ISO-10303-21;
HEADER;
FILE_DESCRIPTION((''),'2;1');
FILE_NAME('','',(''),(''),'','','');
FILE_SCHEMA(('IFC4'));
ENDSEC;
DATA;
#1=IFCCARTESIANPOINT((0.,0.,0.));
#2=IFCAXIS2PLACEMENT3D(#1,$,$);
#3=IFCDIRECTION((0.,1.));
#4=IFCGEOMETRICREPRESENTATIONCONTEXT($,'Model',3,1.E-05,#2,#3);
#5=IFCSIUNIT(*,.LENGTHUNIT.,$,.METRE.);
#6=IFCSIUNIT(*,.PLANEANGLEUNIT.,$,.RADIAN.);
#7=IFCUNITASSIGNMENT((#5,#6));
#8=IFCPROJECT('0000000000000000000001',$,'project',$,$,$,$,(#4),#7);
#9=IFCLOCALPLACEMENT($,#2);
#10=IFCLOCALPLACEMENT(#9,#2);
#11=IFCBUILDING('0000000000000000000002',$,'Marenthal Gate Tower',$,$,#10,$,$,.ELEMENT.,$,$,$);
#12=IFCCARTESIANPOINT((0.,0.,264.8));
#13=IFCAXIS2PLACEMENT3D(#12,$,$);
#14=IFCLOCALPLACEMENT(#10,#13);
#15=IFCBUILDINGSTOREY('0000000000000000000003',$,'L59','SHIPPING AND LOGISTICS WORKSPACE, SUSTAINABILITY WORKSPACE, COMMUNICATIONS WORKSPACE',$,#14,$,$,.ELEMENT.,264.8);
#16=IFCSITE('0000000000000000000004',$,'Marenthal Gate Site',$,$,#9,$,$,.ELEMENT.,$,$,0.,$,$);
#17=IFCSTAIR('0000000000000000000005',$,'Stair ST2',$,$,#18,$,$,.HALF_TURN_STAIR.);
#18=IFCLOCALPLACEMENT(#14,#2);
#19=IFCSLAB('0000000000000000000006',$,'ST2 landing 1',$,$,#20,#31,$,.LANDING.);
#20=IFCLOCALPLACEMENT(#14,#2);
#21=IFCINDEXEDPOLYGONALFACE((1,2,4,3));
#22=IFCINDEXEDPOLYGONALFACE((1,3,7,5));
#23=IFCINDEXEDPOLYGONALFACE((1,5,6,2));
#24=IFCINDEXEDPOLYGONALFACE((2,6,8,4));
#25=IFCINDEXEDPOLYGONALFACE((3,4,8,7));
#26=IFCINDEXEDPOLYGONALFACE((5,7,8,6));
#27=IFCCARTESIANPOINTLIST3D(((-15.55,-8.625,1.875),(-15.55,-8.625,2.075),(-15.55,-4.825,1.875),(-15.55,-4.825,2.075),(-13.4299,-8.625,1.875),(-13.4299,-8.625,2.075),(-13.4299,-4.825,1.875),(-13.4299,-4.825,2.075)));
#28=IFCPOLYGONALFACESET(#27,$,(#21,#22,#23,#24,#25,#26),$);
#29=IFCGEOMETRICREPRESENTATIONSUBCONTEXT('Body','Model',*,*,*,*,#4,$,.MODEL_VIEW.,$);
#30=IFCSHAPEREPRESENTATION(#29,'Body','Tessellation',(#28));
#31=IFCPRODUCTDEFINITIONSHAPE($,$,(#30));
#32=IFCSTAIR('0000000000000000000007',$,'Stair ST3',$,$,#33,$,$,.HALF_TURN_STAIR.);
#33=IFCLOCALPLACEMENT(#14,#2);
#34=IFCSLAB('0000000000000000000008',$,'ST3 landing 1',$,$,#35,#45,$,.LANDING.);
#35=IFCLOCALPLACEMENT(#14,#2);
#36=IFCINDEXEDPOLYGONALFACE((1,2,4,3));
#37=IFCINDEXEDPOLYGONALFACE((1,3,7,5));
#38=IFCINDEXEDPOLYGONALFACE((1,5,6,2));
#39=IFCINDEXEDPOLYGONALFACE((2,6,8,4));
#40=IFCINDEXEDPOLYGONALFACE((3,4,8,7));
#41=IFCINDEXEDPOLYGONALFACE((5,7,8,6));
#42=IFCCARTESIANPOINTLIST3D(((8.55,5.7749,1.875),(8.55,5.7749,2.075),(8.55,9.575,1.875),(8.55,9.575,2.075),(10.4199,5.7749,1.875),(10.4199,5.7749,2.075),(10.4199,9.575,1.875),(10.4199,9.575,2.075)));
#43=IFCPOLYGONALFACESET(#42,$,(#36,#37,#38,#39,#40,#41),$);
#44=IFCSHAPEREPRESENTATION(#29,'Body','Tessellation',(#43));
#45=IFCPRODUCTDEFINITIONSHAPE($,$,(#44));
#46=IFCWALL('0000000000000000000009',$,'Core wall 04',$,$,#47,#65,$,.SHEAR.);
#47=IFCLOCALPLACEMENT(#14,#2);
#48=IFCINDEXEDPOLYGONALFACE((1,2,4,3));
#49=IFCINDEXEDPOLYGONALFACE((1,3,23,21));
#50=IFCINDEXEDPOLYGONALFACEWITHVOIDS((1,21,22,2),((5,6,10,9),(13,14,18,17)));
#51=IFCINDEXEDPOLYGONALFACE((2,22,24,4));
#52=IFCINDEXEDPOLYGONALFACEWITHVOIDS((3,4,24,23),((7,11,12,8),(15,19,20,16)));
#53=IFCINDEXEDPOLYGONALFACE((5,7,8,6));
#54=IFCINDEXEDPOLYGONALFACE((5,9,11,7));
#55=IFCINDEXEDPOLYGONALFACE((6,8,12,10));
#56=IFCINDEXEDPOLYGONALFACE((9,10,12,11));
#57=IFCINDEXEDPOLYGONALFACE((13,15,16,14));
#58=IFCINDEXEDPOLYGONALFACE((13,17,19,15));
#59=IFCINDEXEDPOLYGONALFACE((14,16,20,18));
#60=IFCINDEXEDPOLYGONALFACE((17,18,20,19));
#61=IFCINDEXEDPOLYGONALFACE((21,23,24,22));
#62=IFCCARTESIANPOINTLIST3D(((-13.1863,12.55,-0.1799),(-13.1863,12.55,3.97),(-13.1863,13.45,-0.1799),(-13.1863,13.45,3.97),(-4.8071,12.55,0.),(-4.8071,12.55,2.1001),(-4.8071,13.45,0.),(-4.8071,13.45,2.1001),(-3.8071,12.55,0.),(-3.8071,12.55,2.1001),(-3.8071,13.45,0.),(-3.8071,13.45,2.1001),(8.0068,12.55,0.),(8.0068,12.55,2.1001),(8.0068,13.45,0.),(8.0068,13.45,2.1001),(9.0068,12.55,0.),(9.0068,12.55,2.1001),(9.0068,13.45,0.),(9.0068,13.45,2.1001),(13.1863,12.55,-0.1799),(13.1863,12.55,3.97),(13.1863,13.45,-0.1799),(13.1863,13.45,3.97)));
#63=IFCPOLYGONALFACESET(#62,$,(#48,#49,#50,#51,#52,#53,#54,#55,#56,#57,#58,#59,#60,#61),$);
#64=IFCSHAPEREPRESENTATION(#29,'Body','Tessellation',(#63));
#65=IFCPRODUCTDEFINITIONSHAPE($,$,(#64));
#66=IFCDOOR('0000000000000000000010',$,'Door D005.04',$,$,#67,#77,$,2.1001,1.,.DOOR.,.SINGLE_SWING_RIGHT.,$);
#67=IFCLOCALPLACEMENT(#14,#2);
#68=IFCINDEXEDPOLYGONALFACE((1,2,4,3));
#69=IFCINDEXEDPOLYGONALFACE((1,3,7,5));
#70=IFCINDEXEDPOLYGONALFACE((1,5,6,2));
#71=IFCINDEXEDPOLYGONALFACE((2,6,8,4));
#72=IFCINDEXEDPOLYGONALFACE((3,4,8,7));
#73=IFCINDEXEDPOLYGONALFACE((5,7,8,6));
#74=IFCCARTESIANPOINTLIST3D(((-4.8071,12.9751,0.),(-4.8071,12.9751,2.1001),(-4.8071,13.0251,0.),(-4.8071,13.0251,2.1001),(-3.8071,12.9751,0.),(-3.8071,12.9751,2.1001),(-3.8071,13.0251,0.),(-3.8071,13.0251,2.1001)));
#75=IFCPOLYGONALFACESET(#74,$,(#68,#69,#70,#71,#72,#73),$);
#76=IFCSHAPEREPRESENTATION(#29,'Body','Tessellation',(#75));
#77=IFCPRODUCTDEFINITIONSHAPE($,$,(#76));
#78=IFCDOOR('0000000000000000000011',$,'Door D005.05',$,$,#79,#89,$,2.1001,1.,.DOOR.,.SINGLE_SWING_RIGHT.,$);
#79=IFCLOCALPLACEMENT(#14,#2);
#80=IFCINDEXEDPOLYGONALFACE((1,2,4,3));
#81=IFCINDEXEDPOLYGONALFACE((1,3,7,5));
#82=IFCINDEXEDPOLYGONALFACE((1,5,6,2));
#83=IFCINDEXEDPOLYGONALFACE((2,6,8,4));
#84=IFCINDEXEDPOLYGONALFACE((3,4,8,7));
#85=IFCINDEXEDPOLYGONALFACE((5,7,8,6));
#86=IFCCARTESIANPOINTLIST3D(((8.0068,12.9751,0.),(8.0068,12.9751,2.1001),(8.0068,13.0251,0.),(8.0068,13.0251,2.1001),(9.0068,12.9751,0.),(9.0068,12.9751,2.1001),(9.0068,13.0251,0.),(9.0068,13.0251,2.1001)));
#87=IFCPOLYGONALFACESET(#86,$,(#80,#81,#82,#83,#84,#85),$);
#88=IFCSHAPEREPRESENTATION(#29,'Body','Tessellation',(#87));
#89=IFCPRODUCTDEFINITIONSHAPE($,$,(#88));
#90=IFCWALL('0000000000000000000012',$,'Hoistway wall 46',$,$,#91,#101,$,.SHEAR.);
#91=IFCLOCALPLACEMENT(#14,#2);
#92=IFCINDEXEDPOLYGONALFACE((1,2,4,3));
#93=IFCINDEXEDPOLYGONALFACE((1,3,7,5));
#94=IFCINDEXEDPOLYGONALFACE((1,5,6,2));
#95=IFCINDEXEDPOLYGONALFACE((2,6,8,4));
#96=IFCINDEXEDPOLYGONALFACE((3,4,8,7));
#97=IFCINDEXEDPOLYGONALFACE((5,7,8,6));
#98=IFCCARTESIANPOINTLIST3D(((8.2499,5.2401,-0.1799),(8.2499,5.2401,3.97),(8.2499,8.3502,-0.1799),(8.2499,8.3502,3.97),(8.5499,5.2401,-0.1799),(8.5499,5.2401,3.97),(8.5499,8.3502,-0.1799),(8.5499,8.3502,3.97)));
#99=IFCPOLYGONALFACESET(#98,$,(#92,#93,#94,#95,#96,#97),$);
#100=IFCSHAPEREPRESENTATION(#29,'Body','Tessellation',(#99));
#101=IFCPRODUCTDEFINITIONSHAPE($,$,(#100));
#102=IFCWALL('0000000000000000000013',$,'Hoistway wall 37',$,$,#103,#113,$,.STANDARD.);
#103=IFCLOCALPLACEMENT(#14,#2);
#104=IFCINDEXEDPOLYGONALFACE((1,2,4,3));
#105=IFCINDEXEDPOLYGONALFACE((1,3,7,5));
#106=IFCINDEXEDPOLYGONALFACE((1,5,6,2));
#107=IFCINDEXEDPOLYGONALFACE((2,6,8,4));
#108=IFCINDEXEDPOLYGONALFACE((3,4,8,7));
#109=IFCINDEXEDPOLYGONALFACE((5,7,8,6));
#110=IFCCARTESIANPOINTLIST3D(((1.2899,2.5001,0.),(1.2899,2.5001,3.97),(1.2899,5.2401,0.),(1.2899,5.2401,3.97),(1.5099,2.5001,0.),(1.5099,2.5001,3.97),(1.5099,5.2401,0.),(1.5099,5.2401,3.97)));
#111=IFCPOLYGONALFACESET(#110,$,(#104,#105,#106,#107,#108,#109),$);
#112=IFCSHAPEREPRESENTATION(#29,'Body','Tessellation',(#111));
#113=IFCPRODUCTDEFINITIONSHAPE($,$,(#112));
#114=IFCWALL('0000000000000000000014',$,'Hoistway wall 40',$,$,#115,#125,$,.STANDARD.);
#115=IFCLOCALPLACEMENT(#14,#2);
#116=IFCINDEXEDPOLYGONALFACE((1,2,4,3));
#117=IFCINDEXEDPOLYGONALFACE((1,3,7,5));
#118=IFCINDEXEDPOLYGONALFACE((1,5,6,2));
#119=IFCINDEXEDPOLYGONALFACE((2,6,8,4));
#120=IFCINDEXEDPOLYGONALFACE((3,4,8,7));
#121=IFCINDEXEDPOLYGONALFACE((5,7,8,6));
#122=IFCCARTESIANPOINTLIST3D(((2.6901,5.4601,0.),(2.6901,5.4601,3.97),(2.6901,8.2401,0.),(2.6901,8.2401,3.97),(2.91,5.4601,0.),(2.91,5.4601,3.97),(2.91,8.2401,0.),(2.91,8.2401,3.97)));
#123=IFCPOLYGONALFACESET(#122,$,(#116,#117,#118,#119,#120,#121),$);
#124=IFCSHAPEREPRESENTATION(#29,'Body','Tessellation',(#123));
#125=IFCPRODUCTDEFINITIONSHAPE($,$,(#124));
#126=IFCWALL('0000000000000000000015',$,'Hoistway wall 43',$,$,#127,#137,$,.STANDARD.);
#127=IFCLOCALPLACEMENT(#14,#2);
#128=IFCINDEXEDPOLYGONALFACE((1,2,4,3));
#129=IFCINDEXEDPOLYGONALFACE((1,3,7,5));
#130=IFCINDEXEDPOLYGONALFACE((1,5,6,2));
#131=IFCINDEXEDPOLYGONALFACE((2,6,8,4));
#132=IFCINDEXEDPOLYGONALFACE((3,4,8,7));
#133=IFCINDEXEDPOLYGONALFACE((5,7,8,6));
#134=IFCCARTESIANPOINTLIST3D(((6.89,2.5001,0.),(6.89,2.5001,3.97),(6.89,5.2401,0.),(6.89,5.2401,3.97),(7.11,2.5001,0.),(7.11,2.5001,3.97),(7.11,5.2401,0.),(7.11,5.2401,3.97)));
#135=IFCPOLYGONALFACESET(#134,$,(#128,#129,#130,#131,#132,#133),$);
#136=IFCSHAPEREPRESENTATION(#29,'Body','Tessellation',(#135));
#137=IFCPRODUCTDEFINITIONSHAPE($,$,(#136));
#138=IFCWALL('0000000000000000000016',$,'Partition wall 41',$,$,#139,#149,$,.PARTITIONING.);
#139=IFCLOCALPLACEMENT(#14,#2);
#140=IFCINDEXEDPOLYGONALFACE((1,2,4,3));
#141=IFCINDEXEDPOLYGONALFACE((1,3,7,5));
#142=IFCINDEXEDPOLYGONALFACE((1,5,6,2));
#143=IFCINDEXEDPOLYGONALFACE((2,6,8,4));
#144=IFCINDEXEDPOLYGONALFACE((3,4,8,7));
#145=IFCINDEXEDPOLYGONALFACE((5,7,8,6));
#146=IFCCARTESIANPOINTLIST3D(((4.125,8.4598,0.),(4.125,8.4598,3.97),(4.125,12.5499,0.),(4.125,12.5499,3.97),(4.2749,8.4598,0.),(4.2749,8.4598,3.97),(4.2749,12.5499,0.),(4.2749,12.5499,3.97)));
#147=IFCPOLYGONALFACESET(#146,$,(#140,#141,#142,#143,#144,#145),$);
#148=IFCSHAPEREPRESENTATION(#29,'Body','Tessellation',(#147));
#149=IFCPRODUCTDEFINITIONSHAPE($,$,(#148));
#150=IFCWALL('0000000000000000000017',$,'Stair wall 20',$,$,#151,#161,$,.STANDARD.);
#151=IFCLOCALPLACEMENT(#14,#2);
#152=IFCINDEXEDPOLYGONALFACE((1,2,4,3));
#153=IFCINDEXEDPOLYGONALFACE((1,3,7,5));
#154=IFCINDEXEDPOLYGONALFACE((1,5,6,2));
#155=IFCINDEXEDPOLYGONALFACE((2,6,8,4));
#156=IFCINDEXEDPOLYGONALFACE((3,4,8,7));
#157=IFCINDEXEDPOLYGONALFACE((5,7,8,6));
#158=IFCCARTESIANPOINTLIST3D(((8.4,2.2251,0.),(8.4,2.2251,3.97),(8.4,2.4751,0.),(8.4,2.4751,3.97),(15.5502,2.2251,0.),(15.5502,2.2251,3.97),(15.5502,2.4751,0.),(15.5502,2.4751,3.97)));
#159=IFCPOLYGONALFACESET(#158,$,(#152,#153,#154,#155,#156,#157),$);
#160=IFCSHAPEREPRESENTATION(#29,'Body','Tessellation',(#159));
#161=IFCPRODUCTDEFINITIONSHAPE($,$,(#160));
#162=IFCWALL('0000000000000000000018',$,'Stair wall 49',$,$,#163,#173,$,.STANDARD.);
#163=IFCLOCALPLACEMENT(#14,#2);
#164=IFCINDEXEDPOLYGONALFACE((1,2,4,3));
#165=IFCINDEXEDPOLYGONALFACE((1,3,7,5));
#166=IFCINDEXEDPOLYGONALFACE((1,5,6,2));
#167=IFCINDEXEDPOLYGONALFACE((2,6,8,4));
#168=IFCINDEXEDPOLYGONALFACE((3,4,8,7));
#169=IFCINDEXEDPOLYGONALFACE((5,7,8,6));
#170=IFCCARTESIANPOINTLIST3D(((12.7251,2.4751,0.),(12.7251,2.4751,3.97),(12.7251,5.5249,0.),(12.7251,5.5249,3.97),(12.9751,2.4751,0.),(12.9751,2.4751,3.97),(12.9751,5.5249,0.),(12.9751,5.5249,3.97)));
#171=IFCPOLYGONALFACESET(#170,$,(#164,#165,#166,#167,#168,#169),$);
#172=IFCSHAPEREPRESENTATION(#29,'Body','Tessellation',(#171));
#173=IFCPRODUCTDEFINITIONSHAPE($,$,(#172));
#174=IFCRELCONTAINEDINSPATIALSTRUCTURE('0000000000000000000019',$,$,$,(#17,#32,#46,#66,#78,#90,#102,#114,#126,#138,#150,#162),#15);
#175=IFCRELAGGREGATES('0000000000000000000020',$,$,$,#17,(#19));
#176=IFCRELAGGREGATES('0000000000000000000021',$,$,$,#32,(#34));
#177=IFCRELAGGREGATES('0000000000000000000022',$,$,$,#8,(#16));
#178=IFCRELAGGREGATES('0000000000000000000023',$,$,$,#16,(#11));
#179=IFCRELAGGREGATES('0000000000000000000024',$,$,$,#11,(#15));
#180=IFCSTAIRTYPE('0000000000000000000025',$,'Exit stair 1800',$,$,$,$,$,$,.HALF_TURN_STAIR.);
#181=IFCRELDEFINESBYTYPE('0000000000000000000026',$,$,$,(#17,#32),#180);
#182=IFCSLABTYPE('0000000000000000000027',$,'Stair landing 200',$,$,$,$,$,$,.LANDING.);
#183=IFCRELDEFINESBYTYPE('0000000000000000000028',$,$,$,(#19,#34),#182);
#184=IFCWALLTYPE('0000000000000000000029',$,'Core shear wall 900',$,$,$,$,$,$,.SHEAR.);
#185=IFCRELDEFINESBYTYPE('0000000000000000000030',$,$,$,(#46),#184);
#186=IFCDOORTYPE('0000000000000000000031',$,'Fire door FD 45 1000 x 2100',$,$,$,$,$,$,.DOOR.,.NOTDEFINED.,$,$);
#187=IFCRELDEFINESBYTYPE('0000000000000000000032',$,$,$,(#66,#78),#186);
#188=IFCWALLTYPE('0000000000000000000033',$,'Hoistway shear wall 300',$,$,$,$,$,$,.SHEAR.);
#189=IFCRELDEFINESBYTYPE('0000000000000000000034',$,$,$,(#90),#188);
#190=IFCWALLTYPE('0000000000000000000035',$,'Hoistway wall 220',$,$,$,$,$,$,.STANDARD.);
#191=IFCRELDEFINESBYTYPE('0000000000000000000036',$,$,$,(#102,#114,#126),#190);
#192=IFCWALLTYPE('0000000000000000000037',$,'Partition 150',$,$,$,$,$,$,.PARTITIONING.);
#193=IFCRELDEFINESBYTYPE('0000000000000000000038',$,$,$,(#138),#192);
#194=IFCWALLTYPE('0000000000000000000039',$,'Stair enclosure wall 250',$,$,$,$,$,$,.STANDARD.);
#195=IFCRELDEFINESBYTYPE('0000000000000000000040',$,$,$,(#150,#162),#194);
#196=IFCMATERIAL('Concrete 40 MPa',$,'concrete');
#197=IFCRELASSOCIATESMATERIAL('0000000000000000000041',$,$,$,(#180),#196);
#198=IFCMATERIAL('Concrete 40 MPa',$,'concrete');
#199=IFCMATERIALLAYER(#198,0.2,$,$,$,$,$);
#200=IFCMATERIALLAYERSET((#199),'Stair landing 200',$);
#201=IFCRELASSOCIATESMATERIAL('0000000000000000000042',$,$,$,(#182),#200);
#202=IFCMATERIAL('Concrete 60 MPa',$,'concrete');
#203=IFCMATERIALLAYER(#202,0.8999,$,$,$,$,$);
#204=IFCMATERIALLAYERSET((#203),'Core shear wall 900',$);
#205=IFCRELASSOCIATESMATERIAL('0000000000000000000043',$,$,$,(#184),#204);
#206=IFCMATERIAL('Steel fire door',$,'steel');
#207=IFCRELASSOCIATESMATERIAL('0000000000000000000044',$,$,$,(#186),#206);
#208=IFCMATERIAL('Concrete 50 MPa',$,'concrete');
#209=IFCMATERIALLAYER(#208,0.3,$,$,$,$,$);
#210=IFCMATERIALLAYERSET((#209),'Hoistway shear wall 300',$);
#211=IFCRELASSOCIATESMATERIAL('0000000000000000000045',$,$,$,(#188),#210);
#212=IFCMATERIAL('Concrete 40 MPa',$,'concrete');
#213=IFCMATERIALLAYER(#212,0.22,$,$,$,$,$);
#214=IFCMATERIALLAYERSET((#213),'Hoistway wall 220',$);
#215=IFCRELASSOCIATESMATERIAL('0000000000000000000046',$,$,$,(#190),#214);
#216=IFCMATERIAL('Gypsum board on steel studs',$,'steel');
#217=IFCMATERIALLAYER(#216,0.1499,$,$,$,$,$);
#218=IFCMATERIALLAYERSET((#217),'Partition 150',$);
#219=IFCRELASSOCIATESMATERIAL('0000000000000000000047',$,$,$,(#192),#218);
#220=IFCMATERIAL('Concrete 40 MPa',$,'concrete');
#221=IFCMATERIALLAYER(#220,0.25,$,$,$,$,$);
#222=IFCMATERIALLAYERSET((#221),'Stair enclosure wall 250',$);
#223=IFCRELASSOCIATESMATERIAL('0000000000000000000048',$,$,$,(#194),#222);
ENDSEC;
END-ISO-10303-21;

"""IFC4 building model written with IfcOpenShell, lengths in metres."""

from ifc_helpers import new_model, si_unit, direction, frame, frame_2d, origin, place, context, subcontext, project, spatial, polyline, rectangle, outline, extrude, material, layer, layer_set, type_object, element, fill, aggregate, save


model = new_model("IFC4")

# Units and contexts
model_context = context("Model", 3, precision=1e-05, world=origin(), true_north=direction((0.0, 1.0)))
body_context = subcontext(model_context, "Body", "Model", "MODEL_VIEW")
ifc_project = project(units=[si_unit("LENGTHUNIT", "METRE"), si_unit("PLANEANGLEUNIT", "RADIAN")], contexts=[model_context])

# Site, building, storey
site_placement = place(None, origin())
site = spatial("IfcSite", under=ifc_project, at=site_placement, Name="Marenthal Gate Site", CompositionType="ELEMENT", RefElevation=0.0)
building_placement = place(site_placement, origin())
building = spatial("IfcBuilding", under=site, at=building_placement, Name="Marenthal Gate Tower", CompositionType="ELEMENT")
storey_placement = place(building_placement, frame((0.0, 0.0, 264.8)))
storey = spatial("IfcBuildingStorey", under=building, at=storey_placement, Name="L59", Description="SHIPPING AND LOGISTICS WORKSPACE, SUSTAINABILITY WORKSPACE, COMMUNICATIONS WORKSPACE", CompositionType="ELEMENT", Elevation=264.8)

# Stairs, slabs
ifc_material_1 = material(Name="Concrete 40 MPa", Category="concrete")
stair_type = type_object("IfcStairType", Name="Exit stair 1800", PredefinedType="HALF_TURN_STAIR", material=ifc_material_1)
stair_1_placement = place(storey_placement, origin())
stair_1 = element("IfcStair", 1, at=stair_1_placement, inside=storey, type_object=stair_type, Name="Stair ST2", PredefinedType="HALF_TURN_STAIR")
ifc_material_2 = material(Name="Concrete 40 MPa", Category="concrete")
ifc_layer_1 = layer(ifc_material_2, 0.2)
ifc_layer_set_1 = layer_set([ifc_layer_1], Name="Stair landing 200")
slab_type = type_object("IfcSlabType", Name="Stair landing 200", PredefinedType="LANDING", material=ifc_layer_set_1)
slab_1_placement = place(storey_placement, frame((0.0, 0.0, 1.875)))
slab_1 = element("IfcSlab", 2, at=slab_1_placement, type_object=slab_type, Name="ST2 landing 1", PredefinedType="LANDING", context=body_context, shape_type="SweptSolid", body=[
    extrude(outline(polyline([(-15.55, -8.625), (-13.4299, -8.625), (-13.4299, -4.825), (-15.55, -4.825), (-15.55, -8.625)])), origin(), (0.0, 0.0, 1.0), 0.2),
])
aggregate(stair_1, [slab_1])
stair_2_placement = place(storey_placement, origin())
stair_2 = element("IfcStair", 3, at=stair_2_placement, inside=storey, type_object=stair_type, Name="Stair ST3", PredefinedType="HALF_TURN_STAIR")
slab_2_placement = place(storey_placement, frame((0.0, 0.0, 1.875)))
slab_2 = element("IfcSlab", 4, at=slab_2_placement, type_object=slab_type, Name="ST3 landing 1", PredefinedType="LANDING", context=body_context, shape_type="SweptSolid", body=[
    extrude(outline(polyline([(8.55, 5.7749), (10.4199, 5.7749), (10.4199, 9.575), (8.55, 9.575), (8.55, 5.7749)])), origin(), (0.0, 0.0, 1.0), 0.2),
])

# Wall, openings, doors
ifc_material_3 = material(Name="Concrete 60 MPa", Category="concrete")
ifc_layer_2 = layer(ifc_material_3, 0.8999)
ifc_layer_set_2 = layer_set([ifc_layer_2], Name="Core shear wall 900")
wall_type_1 = type_object("IfcWallType", Name="Core shear wall 900", PredefinedType="SHEAR", material=ifc_layer_set_2)
wall_1_placement = place(storey_placement, frame((13.1863, 13.0, -0.1799), z_axis=(0.0, 0.0, 1.0), x_axis=(-1.0, 0.0, 0.0)))
wall_1 = element("IfcWall", 5, at=wall_1_placement, inside=storey, type_object=wall_type_1, Name="Core wall 04", PredefinedType="SHEAR", context=body_context, shape_type="SweptSolid", body=[
    extrude(rectangle(XDim=26.3726, YDim=0.8999, at=frame_2d((13.1863, 0.0))), origin(), (0.0, 0.0, 1.0), 4.1499),
])
opening_1_placement = place(wall_1_placement, frame((16.9934, 0.0, 0.1799)))
opening_1 = element("IfcOpeningElement", 6, at=opening_1_placement, cuts=wall_1, PredefinedType="OPENING", context=body_context, shape_type="SweptSolid", body=[
    extrude(rectangle(XDim=1.0, YDim=2.1001, at=frame_2d((0.5, 1.05))), frame((0.0, 0.46, 0.0), z_axis=(0.0, -1.0, 0.0), x_axis=(1.0, 0.0, 0.0)), (0.0, 0.0, 1.0), 0.9199),
])
opening_2_placement = place(wall_1_placement, frame((4.1794, 0.0, 0.1799)))
opening_2 = element("IfcOpeningElement", 7, at=opening_2_placement, cuts=wall_1, PredefinedType="OPENING", context=body_context, shape_type="SweptSolid", body=[
    extrude(rectangle(XDim=1.0, YDim=2.1001, at=frame_2d((0.5, 1.05))), frame((0.0, 0.46, 0.0), z_axis=(0.0, -1.0, 0.0), x_axis=(1.0, 0.0, 0.0)), (0.0, 0.0, 1.0), 0.9199),
])
ifc_material_4 = material(Name="Steel fire door", Category="steel")
door_type_1 = type_object("IfcDoorType", Name="Fire door FD 45 1000 x 2100", OperationType="NOTDEFINED", PredefinedType="DOOR", material=ifc_material_4)
door_1_placement = place(opening_1_placement, origin())
door_1 = element("IfcDoor", 8, at=door_1_placement, inside=storey, type_object=door_type_1, Name="Door D005.04", OperationType="SINGLE_SWING_RIGHT", OverallHeight=2.1001, OverallWidth=1.0, PredefinedType="DOOR", context=body_context, shape_type="SweptSolid", body=[
    extrude(rectangle(XDim=1.0, YDim=2.1001, at=frame_2d((0.5, 1.05))), frame((0.0, 0.0249, 0.0), z_axis=(0.0, -1.0, 0.0), x_axis=(1.0, 0.0, 0.0)), (0.0, 0.0, 1.0), 0.05),
])
fill(opening_1, door_1)
door_2_placement = place(opening_2_placement, origin())
door_2 = element("IfcDoor", 9, at=door_2_placement, inside=storey, type_object=door_type_1, Name="Door D005.05", OperationType="SINGLE_SWING_RIGHT", OverallHeight=2.1001, OverallWidth=1.0, PredefinedType="DOOR", context=body_context, shape_type="SweptSolid", body=[
    extrude(rectangle(XDim=1.0, YDim=2.1001, at=frame_2d((0.5, 1.05))), frame((0.0, 0.0249, 0.0), z_axis=(0.0, -1.0, 0.0), x_axis=(1.0, 0.0, 0.0)), (0.0, 0.0, 1.0), 0.05),
])
fill(opening_2, door_2)

# Walls
ifc_material_5 = material(Name="Concrete 50 MPa", Category="concrete")
ifc_layer_3 = layer(ifc_material_5, 0.3)
ifc_layer_set_3 = layer_set([ifc_layer_3], Name="Hoistway shear wall 300")
wall_type_2 = type_object("IfcWallType", Name="Hoistway shear wall 300", PredefinedType="SHEAR", material=ifc_layer_set_3)
wall_2_placement = place(storey_placement, frame((8.3999, 5.24, -0.1799), z_axis=(0.0, 0.0, 1.0), x_axis=(0.0, 1.0, 0.0)))
element("IfcWall", 10, at=wall_2_placement, inside=storey, type_object=wall_type_2, Name="Hoistway wall 46", PredefinedType="SHEAR", context=body_context, shape_type="SweptSolid", body=[
    extrude(rectangle(XDim=3.1101, YDim=0.3, at=frame_2d((1.5552, 0.0))), origin(), (0.0, 0.0, 1.0), 4.1499),
])
ifc_material_6 = material(Name="Concrete 40 MPa", Category="concrete")
ifc_layer_4 = layer(ifc_material_6, 0.22)
ifc_layer_set_4 = layer_set([ifc_layer_4], Name="Hoistway wall 220")
wall_type_3 = type_object("IfcWallType", Name="Hoistway wall 220", PredefinedType="STANDARD", material=ifc_layer_set_4)
wall_3_placement = place(storey_placement, frame((1.3999, 2.5, 0.0), z_axis=(0.0, 0.0, 1.0), x_axis=(0.0, 1.0, 0.0)))
element("IfcWall", 11, at=wall_3_placement, inside=storey, type_object=wall_type_3, Name="Hoistway wall 37", PredefinedType="STANDARD", context=body_context, shape_type="SweptSolid", body=[
    extrude(rectangle(XDim=2.74, YDim=0.22, at=frame_2d((1.3701, 0.0))), origin(), (0.0, 0.0, 1.0), 3.97),
])
wall_4_placement = place(storey_placement, frame((2.8, 5.46, 0.0), z_axis=(0.0, 0.0, 1.0), x_axis=(0.0, 1.0, 0.0)))
element("IfcWall", 12, at=wall_4_placement, inside=storey, type_object=wall_type_3, Name="Hoistway wall 40", PredefinedType="STANDARD", context=body_context, shape_type="SweptSolid", body=[
    extrude(rectangle(XDim=2.78, YDim=0.22, at=frame_2d((1.3901, 0.0))), origin(), (0.0, 0.0, 1.0), 3.97),
])
wall_5_placement = place(storey_placement, frame((7.0, 2.5, 0.0), z_axis=(0.0, 0.0, 1.0), x_axis=(0.0, 1.0, 0.0)))
element("IfcWall", 13, at=wall_5_placement, inside=storey, type_object=wall_type_3, Name="Hoistway wall 43", PredefinedType="STANDARD", context=body_context, shape_type="SweptSolid", body=[
    extrude(rectangle(XDim=2.74, YDim=0.22, at=frame_2d((1.3701, 0.0))), origin(), (0.0, 0.0, 1.0), 3.97),
])
ifc_material_7 = material(Name="Gypsum board on steel studs", Category="steel")
ifc_layer_5 = layer(ifc_material_7, 0.1499)
ifc_layer_set_5 = layer_set([ifc_layer_5], Name="Partition 150")
wall_type_4 = type_object("IfcWallType", Name="Partition 150", PredefinedType="PARTITIONING", material=ifc_layer_set_5)
wall_6_placement = place(storey_placement, frame((4.2, 8.46, 0.0), z_axis=(0.0, 0.0, 1.0), x_axis=(0.0, 1.0, 0.0)))
element("IfcWall", 14, at=wall_6_placement, inside=storey, type_object=wall_type_4, Name="Partition wall 41", PredefinedType="PARTITIONING", context=body_context, shape_type="SweptSolid", body=[
    extrude(rectangle(XDim=4.0901, YDim=0.1499, at=frame_2d((2.0449, 0.0))), origin(), (0.0, 0.0, 1.0), 3.97),
])
ifc_material_8 = material(Name="Concrete 40 MPa", Category="concrete")
ifc_layer_6 = layer(ifc_material_8, 0.25)
ifc_layer_set_6 = layer_set([ifc_layer_6], Name="Stair enclosure wall 250")
wall_type_5 = type_object("IfcWallType", Name="Stair enclosure wall 250", PredefinedType="STANDARD", material=ifc_layer_set_6)
wall_7_placement = place(storey_placement, frame((8.3999, 2.3501, 0.0), z_axis=(0.0, 0.0, 1.0), x_axis=(1.0, 0.0, 0.0)))
element("IfcWall", 15, at=wall_7_placement, inside=storey, type_object=wall_type_5, Name="Stair wall 20", PredefinedType="STANDARD", context=body_context, shape_type="SweptSolid", body=[
    extrude(rectangle(XDim=7.1501, YDim=0.25, at=frame_2d((3.5752, 0.0))), origin(), (0.0, 0.0, 1.0), 3.97),
])
wall_8_placement = place(storey_placement, frame((12.8501, 2.4751, 0.0), z_axis=(0.0, 0.0, 1.0), x_axis=(0.0, 1.0, 0.0)))
element("IfcWall", 16, at=wall_8_placement, inside=storey, type_object=wall_type_5, Name="Stair wall 49", PredefinedType="STANDARD", context=body_context, shape_type="SweptSolid", body=[
    extrude(rectangle(XDim=3.0498, YDim=0.25, at=frame_2d((1.5249, 0.0))), origin(), (0.0, 0.0, 1.0), 3.97),
])

aggregate(stair_2, [slab_2])

save(model, "model.ifc")
